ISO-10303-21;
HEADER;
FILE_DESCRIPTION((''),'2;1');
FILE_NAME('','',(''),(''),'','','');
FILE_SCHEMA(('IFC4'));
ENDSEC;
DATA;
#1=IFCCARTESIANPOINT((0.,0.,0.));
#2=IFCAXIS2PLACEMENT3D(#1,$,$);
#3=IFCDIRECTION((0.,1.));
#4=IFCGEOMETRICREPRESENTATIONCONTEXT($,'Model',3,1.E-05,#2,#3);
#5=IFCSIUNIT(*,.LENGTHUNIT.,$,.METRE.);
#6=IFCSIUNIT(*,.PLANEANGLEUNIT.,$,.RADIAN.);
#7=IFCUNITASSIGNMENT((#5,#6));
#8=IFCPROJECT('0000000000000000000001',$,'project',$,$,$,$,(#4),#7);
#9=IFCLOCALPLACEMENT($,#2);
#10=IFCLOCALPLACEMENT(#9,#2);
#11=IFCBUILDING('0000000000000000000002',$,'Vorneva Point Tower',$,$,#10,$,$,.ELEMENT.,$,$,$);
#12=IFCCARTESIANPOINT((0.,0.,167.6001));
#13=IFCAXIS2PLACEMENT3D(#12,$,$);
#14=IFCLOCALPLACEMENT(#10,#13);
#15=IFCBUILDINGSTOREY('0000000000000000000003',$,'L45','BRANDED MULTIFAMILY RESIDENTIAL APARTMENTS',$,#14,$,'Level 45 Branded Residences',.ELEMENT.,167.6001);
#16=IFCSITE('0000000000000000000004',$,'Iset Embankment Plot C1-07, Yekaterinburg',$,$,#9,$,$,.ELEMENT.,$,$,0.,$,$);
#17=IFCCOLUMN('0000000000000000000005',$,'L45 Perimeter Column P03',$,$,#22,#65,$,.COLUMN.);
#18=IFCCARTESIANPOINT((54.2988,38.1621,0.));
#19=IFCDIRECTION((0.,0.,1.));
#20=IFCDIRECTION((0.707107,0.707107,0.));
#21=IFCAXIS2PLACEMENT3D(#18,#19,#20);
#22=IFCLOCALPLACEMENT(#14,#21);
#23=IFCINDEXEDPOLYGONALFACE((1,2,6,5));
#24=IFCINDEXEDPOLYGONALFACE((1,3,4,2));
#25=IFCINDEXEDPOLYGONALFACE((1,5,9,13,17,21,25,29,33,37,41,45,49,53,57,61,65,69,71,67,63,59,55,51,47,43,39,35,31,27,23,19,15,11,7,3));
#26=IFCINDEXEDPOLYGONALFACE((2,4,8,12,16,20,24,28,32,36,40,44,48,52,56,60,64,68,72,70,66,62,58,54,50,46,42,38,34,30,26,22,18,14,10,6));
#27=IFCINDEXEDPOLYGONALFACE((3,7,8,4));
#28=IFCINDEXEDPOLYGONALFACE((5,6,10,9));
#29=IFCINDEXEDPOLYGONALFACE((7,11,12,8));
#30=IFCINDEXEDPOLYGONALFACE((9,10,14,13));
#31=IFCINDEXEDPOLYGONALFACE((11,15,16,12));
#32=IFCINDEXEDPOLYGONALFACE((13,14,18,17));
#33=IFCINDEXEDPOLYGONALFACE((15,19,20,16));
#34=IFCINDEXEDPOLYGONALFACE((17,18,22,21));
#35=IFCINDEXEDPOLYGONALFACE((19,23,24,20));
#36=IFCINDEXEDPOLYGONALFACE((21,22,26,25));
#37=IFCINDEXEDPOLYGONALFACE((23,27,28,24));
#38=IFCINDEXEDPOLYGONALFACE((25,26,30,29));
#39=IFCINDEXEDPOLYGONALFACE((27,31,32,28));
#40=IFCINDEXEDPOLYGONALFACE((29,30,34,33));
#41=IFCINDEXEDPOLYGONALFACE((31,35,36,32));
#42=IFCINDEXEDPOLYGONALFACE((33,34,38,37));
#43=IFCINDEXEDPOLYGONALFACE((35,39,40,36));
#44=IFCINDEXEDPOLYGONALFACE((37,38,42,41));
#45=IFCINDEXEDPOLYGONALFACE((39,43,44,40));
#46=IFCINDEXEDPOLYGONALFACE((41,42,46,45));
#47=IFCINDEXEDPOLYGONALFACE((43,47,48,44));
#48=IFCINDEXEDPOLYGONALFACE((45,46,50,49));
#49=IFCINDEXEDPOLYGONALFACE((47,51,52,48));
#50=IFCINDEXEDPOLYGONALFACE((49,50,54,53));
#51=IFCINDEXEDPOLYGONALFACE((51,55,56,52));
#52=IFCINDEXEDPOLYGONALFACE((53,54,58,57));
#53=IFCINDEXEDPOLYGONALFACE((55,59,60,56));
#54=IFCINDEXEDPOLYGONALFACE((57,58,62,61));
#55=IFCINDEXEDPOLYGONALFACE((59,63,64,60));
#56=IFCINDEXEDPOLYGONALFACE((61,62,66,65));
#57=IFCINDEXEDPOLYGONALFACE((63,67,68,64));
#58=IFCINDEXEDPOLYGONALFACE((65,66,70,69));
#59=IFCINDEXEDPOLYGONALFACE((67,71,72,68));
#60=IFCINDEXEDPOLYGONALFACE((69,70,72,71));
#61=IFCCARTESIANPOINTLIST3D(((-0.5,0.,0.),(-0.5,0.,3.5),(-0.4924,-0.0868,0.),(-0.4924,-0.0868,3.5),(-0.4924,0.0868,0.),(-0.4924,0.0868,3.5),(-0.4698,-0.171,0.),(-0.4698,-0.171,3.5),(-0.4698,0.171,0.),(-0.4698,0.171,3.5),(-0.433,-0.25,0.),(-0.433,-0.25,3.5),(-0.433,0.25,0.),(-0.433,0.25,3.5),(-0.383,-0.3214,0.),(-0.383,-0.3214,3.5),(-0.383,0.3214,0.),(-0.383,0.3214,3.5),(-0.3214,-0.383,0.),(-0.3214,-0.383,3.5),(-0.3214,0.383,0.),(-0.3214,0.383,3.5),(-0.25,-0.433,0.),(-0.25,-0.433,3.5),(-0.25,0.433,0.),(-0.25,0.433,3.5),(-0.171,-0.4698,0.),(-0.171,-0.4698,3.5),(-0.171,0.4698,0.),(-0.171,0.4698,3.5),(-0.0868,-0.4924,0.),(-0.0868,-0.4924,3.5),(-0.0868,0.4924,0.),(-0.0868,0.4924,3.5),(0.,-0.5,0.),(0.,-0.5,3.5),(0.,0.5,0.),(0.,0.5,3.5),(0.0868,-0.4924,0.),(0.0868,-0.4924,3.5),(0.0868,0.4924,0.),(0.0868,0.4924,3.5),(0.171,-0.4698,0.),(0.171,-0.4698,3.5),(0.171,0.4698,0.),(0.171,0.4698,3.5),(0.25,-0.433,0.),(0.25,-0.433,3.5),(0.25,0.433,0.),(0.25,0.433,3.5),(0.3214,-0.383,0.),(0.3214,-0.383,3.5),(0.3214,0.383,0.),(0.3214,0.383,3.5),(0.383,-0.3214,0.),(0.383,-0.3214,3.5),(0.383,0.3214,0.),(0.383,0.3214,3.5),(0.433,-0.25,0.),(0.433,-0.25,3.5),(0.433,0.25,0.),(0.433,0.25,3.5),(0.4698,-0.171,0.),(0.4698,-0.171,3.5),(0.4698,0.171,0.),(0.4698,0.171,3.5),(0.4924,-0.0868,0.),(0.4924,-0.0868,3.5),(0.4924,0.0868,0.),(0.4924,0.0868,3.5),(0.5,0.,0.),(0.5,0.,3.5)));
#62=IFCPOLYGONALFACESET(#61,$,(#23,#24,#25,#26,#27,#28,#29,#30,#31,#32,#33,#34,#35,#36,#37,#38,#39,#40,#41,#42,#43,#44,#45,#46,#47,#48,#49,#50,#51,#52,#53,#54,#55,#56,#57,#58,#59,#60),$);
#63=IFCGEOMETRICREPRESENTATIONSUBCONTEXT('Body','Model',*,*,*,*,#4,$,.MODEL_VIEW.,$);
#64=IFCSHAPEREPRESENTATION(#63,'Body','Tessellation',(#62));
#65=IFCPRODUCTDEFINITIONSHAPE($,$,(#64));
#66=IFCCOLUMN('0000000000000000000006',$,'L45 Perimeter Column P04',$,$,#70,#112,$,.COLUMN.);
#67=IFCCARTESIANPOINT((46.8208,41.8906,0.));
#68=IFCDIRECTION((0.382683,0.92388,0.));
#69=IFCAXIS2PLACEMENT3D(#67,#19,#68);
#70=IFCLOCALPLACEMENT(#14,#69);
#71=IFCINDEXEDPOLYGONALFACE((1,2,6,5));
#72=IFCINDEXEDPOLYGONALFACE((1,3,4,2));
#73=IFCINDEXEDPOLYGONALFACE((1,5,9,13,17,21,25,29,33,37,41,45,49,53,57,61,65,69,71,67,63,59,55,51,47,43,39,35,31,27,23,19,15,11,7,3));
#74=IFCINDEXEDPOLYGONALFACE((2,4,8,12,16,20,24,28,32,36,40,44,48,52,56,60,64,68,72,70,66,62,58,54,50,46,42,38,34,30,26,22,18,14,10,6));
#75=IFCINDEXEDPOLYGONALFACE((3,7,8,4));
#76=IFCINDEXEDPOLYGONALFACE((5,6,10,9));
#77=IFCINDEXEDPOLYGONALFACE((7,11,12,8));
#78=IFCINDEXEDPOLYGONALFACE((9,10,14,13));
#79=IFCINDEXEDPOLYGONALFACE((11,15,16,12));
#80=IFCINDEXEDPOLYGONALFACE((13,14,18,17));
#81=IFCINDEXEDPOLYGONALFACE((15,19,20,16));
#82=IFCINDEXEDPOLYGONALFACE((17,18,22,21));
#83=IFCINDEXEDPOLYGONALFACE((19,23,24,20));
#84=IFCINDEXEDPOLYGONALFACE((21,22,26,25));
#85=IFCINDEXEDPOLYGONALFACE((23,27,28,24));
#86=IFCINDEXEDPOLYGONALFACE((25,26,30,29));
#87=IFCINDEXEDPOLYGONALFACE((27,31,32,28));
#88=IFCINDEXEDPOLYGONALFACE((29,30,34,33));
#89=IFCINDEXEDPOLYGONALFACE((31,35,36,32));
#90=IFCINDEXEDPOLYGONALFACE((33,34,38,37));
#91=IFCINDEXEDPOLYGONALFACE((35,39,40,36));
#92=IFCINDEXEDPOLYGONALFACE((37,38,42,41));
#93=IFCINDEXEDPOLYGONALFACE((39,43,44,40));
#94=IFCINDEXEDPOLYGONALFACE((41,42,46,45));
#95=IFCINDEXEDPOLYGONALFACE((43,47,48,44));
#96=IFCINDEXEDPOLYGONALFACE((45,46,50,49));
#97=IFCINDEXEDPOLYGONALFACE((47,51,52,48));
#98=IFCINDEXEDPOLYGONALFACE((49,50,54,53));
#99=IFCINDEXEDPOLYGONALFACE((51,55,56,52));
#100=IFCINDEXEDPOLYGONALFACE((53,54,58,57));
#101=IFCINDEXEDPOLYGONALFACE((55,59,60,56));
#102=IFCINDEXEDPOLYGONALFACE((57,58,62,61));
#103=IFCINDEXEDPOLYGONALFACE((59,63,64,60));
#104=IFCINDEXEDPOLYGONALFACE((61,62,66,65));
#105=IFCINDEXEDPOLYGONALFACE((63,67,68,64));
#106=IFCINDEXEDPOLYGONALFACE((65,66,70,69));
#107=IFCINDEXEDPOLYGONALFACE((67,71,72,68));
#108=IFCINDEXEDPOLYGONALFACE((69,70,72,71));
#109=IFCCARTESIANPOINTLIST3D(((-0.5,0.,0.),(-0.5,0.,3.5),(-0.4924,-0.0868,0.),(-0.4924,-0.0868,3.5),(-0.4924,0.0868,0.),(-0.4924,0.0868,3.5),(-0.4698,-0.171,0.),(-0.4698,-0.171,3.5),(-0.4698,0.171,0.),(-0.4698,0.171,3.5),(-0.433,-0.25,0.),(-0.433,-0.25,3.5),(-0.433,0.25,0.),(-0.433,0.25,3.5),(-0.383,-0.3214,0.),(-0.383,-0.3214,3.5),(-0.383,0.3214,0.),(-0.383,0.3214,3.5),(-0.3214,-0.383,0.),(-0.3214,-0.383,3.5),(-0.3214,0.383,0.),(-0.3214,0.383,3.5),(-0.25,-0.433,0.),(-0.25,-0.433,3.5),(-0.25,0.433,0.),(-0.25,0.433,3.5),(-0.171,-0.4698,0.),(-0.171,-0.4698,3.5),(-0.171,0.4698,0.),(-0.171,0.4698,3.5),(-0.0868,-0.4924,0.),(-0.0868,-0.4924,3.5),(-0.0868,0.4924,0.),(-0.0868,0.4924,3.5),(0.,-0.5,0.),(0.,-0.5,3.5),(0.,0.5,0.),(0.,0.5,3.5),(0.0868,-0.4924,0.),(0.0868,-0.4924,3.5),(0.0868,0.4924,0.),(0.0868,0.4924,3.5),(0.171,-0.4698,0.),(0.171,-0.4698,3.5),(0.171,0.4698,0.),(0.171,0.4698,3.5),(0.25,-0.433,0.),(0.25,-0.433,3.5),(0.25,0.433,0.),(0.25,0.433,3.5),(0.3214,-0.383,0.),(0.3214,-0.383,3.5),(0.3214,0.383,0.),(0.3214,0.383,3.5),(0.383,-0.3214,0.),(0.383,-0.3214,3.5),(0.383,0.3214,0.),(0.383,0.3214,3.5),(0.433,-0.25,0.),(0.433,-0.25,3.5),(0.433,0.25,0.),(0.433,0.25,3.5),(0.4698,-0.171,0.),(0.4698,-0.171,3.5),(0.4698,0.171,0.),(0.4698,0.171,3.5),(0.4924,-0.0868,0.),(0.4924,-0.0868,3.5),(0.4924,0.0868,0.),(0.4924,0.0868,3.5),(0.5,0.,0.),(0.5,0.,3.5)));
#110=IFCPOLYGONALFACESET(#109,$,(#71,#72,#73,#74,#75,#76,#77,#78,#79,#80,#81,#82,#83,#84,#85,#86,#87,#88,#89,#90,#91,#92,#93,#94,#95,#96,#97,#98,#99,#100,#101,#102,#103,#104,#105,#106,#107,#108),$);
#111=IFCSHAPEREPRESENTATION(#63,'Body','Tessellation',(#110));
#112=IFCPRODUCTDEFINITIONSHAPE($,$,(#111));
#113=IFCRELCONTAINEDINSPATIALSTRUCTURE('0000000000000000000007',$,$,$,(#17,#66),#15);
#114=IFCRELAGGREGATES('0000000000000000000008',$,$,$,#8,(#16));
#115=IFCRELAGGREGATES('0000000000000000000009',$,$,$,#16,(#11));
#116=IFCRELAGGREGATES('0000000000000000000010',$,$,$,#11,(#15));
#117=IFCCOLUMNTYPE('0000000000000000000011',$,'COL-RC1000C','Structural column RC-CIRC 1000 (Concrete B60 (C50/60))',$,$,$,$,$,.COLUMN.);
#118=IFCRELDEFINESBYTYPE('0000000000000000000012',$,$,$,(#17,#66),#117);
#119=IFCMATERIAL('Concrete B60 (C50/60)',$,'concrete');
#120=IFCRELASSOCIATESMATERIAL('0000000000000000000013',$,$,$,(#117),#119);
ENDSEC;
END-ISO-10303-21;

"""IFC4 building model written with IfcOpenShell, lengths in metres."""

from ifc_helpers import new_model, si_unit, direction, frame, origin, origin_2d, place, context, subcontext, project, spatial, circle, extrude, material, material_profile, profile_set, type_object, element, save


model = new_model("IFC4")

# Units and contexts
model_context = context("Model", 3, precision=1e-05, world=origin(), true_north=direction((0.0, 1.0)))
body_context = subcontext(model_context, "Body", "Model", "MODEL_VIEW")
ifc_project = project(units=[si_unit("LENGTHUNIT", "METRE"), si_unit("PLANEANGLEUNIT", "RADIAN")], contexts=[model_context])

# Site, building, storey
site_placement = place(None, origin())
site = spatial("IfcSite", under=ifc_project, at=site_placement, Name="Iset Embankment Plot C1-07, Yekaterinburg", CompositionType="ELEMENT", RefElevation=0.0)
building_placement = place(site_placement, origin())
building = spatial("IfcBuilding", under=site, at=building_placement, Name="Vorneva Point Tower", CompositionType="ELEMENT")
storey_placement = place(building_placement, frame((0.0, 0.0, 167.6001)))
storey = spatial("IfcBuildingStorey", under=building, at=storey_placement, Name="L45", Description="BRANDED MULTIFAMILY RESIDENTIAL APARTMENTS", LongName="Level 45 Branded Residences", CompositionType="ELEMENT", Elevation=167.6001)

# Columns
ifc_material_1 = material(Name="Concrete B60 (C50/60)", Category="concrete")
ifc_material_profile_1 = material_profile(ifc_material_1, circle(Radius=0.5, at=origin_2d()), Name="RC-CIRC 1000")
ifc_profile_set_1 = profile_set([ifc_material_profile_1], Name="Concrete B60 (C50/60)")
column_type = type_object("IfcColumnType", Name="COL-RC1000C", Description="Structural column RC-CIRC 1000 (Concrete B60 (C50/60))", PredefinedType="COLUMN", material=ifc_profile_set_1)
for number, where, z_axis, x_axis, name in (
    (1, (54.2988, 38.1621, 0.0), (0.0, 0.0, 1.0), (0.707107, 0.707107, 0.0), "L45 Perimeter Column P03"),
    (2, (46.8208, 41.8906, 0.0), (0.0, 0.0, 1.0), (0.382683, 0.92388, 0.0), "L45 Perimeter Column P04"),
):
    element("IfcColumn", number, at=place(storey_placement, frame(where, z_axis=z_axis, x_axis=x_axis)), inside=storey, type_object=column_type, Name=name, PredefinedType="COLUMN", context=body_context, shape_type="SweptSolid", body=[
        extrude(circle(Radius=0.5, at=origin_2d()), origin(), (0.0, 0.0, 1.0), 3.5),
    ])

save(model, "model.ifc")
